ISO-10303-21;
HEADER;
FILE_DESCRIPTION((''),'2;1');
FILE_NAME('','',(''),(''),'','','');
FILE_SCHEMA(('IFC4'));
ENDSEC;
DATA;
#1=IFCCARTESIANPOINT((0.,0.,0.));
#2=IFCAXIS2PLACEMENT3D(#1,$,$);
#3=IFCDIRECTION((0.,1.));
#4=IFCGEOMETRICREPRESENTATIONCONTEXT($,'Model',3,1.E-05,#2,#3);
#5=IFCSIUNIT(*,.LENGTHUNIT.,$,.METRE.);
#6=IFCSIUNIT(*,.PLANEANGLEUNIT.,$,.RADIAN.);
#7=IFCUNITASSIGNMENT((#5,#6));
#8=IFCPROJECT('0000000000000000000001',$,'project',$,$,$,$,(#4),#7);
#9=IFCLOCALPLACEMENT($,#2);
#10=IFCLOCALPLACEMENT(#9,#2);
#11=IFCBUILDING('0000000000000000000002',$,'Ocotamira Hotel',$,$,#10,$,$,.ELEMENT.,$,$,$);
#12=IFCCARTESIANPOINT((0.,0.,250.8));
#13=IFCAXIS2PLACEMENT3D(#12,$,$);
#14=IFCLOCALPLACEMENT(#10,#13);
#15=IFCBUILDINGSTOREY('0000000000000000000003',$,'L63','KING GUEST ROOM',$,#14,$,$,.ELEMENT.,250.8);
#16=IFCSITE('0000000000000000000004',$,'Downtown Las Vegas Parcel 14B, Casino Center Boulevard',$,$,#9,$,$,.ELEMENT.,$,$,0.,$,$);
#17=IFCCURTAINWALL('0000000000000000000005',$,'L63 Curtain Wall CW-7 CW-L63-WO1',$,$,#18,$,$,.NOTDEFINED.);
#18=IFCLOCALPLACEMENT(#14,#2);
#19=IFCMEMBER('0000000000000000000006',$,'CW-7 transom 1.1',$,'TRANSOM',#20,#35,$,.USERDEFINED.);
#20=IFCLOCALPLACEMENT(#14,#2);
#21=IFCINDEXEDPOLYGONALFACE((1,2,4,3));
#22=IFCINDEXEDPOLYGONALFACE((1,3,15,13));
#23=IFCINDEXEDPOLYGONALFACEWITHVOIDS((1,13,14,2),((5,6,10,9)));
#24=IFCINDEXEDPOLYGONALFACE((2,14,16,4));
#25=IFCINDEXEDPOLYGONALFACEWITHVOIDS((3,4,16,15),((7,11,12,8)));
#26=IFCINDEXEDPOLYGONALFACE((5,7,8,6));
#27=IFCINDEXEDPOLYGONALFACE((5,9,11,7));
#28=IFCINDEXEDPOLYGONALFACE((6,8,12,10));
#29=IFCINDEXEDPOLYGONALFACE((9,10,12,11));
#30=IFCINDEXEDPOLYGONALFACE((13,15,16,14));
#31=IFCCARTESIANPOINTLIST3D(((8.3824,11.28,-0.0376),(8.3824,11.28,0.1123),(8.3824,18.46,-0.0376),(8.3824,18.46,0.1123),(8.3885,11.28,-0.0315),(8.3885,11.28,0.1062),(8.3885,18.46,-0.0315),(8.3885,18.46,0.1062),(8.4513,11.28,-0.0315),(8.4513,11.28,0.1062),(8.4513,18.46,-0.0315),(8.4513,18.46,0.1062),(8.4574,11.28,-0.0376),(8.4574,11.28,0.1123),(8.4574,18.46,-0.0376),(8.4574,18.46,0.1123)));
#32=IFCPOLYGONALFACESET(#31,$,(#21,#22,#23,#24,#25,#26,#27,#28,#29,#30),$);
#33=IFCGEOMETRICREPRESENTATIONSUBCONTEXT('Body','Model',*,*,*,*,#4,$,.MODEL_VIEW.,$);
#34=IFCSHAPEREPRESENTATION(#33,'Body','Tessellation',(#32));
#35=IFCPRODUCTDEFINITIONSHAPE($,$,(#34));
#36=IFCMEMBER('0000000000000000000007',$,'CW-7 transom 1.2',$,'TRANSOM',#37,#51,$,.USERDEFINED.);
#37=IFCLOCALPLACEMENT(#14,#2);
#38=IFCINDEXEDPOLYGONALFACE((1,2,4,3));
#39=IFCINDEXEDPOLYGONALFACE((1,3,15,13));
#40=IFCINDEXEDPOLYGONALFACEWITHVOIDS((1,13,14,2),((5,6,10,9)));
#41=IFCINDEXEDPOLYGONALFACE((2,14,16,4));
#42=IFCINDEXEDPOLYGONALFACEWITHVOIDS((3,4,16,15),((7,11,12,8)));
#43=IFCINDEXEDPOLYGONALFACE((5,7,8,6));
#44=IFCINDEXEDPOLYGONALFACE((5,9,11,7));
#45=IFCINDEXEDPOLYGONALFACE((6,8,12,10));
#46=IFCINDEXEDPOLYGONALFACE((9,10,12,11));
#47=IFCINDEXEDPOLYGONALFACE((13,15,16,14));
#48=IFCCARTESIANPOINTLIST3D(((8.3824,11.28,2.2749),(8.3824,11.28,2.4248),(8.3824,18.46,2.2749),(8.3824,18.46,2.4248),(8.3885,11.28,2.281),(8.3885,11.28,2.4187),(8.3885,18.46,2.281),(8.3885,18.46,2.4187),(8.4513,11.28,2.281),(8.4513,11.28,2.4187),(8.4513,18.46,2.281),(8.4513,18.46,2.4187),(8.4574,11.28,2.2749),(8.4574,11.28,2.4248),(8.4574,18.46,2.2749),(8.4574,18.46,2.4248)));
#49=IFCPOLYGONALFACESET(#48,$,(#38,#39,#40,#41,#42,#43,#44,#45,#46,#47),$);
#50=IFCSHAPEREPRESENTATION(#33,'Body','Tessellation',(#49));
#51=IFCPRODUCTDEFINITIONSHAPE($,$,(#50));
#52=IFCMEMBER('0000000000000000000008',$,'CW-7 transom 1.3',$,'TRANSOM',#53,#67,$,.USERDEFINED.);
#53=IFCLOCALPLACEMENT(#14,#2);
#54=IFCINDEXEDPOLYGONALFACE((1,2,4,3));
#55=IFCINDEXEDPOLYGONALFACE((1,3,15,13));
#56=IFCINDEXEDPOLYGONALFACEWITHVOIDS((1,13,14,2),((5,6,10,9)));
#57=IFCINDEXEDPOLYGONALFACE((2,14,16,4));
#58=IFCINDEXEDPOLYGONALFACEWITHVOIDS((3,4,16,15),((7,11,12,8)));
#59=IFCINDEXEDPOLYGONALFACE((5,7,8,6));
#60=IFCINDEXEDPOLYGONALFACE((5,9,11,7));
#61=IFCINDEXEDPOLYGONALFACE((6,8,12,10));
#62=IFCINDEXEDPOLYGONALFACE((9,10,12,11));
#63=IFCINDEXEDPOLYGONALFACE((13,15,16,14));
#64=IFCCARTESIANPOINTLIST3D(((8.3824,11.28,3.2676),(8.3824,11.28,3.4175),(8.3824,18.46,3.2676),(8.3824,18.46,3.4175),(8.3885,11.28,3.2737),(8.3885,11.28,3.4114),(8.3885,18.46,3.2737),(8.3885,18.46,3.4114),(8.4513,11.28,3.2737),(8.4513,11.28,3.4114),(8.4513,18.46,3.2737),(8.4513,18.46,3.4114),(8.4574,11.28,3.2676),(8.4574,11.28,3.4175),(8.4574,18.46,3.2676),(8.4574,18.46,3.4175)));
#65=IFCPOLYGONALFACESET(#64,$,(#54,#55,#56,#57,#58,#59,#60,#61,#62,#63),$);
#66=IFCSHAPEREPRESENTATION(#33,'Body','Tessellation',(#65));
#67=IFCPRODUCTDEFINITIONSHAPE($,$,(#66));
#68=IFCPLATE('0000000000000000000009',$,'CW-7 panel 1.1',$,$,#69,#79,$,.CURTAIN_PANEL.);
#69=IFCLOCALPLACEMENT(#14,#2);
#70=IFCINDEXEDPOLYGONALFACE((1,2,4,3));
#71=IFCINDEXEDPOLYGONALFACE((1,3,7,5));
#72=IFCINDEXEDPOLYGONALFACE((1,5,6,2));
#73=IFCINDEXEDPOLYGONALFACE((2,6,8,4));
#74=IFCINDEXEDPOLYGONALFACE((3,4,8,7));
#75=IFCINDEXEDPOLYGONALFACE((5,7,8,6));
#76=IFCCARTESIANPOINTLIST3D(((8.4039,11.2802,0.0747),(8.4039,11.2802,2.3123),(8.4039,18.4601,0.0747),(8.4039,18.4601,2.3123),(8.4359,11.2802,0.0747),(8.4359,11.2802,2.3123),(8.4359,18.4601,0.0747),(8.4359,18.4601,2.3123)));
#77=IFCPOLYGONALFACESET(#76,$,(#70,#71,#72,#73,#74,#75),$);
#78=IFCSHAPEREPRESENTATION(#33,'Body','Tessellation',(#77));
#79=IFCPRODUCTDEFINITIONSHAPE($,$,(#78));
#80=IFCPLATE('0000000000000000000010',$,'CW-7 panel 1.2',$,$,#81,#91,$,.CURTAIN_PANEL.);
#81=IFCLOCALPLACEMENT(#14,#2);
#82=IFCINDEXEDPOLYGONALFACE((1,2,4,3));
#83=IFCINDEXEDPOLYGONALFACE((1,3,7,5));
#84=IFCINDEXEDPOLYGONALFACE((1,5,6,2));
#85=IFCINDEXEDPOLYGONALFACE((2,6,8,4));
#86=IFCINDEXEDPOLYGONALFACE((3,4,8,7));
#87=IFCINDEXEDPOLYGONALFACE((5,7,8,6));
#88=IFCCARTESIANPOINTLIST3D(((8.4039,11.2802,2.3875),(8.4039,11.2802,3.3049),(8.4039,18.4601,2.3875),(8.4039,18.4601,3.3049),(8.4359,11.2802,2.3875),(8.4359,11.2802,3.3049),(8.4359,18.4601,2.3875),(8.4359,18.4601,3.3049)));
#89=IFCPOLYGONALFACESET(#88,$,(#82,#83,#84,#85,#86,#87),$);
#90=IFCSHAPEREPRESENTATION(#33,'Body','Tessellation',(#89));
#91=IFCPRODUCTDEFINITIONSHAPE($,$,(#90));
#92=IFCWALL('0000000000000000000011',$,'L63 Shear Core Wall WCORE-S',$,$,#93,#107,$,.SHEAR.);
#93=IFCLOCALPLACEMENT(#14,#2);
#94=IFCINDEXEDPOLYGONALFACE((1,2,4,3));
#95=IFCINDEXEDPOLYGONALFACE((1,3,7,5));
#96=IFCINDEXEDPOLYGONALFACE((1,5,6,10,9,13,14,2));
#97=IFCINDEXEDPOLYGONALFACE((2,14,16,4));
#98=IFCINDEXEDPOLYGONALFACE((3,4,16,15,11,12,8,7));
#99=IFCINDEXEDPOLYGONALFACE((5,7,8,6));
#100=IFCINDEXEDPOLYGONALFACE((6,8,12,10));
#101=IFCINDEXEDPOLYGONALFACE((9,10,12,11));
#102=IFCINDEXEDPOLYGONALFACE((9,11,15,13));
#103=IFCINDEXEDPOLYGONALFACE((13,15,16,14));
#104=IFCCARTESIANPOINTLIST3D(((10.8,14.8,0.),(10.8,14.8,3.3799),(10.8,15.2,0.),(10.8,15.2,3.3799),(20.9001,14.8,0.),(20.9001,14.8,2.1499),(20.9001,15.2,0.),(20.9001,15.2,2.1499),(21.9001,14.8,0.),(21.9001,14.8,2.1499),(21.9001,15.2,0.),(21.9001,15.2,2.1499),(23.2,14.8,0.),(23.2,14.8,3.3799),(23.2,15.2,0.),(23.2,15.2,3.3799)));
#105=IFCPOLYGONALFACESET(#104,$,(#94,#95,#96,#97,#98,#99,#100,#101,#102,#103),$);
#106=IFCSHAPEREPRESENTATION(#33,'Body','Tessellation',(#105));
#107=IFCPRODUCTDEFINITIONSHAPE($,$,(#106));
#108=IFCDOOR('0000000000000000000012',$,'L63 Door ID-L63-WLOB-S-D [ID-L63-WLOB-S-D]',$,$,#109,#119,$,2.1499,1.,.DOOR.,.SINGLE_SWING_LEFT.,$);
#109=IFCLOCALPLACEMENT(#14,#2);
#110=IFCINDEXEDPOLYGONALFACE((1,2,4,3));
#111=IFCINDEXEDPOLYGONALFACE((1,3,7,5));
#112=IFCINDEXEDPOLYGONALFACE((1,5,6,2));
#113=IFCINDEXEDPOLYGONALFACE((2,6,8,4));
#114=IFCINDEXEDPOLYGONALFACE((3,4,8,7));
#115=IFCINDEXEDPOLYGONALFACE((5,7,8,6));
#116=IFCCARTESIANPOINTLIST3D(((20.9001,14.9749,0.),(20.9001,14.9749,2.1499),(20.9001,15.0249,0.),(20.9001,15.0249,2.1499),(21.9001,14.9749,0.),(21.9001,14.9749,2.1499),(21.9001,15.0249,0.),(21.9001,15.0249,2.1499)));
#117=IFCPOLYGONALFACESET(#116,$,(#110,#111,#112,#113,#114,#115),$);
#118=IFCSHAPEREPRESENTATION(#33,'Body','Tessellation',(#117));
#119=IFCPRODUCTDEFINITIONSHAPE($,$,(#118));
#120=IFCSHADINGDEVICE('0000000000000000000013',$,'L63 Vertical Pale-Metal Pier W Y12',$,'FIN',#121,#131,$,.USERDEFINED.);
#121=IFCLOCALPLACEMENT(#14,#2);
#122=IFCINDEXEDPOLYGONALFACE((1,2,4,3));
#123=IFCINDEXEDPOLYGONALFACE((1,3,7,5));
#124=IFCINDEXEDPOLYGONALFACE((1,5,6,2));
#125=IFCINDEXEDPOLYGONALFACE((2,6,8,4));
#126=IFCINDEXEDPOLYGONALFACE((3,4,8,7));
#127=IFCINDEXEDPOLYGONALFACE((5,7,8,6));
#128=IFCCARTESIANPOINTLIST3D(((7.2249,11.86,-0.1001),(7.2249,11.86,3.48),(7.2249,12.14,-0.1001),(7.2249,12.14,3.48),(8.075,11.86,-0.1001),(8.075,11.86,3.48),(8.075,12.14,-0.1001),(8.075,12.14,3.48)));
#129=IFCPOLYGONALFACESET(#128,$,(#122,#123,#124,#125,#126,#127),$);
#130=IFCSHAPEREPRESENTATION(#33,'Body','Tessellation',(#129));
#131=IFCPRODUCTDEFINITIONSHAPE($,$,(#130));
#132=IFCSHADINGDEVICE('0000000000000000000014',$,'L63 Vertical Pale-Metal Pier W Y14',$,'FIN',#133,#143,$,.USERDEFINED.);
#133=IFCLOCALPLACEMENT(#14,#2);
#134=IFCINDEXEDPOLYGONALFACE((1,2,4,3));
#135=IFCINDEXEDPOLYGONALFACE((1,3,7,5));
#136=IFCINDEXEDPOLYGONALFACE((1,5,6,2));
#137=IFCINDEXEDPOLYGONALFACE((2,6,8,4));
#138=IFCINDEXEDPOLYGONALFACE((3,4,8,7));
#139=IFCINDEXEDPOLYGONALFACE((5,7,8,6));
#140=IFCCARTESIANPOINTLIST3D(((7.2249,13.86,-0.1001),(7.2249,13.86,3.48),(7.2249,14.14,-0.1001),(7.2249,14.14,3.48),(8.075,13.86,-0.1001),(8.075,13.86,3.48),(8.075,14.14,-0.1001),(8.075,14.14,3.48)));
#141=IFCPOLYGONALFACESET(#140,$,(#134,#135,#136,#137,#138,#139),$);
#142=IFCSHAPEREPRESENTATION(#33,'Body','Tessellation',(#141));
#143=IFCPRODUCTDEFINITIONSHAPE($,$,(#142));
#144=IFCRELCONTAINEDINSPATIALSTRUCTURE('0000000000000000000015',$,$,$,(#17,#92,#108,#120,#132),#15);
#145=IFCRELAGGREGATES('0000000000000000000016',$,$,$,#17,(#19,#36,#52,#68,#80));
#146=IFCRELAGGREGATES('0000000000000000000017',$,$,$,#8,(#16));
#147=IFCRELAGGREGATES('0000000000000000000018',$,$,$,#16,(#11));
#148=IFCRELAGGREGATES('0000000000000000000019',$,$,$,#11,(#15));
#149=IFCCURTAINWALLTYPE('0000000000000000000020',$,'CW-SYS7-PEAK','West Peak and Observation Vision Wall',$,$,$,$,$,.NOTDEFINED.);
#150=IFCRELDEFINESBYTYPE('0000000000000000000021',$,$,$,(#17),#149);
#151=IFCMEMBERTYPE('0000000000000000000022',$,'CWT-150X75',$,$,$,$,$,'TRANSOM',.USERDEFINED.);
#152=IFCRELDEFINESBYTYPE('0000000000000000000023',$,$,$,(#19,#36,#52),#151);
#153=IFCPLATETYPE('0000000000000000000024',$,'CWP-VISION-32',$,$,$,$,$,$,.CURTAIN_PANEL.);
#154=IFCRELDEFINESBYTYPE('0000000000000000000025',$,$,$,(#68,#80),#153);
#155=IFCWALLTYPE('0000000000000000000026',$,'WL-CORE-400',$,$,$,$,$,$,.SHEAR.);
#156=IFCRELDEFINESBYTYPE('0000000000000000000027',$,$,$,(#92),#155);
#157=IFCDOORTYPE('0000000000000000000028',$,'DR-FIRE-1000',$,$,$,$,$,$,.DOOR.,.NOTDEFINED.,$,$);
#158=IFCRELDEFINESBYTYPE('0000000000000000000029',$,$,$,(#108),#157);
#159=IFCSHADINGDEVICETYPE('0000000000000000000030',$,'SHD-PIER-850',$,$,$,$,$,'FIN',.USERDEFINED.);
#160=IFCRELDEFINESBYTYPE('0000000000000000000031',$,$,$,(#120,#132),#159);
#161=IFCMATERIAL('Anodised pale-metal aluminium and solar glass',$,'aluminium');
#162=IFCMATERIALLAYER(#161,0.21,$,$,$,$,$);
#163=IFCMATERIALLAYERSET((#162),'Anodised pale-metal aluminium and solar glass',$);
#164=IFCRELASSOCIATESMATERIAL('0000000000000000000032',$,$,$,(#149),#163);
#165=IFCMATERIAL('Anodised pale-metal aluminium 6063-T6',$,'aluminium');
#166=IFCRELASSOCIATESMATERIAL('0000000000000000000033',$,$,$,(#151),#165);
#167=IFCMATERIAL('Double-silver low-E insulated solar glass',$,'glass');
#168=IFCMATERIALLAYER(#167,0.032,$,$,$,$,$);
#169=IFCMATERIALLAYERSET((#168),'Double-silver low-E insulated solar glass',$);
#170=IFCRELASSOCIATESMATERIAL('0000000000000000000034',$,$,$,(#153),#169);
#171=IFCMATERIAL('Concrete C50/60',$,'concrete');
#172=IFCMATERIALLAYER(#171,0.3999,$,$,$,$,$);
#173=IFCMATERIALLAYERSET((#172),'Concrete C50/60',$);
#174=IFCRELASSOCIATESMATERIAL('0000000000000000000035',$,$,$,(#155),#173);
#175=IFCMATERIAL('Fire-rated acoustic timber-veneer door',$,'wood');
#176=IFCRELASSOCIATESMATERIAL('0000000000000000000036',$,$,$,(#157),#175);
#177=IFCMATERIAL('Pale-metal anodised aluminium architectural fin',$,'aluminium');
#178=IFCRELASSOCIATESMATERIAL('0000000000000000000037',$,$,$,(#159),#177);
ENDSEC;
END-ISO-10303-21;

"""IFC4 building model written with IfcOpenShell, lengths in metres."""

from ifc_helpers import new_model, si_unit, direction, frame, frame_2d, origin, origin_2d, place, context, subcontext, project, spatial, rectangle, hollow_rectangle, extrude, source, transform, mapped, material, layer, layer_set, material_profile, profile_set, type_object, element, fill, aggregate, save


model = new_model("IFC4")

# Units and contexts
model_context = context("Model", 3, precision=1e-05, world=origin(), true_north=direction((0.0, 1.0)))
body_context = subcontext(model_context, "Body", "Model", "MODEL_VIEW")
ifc_project = project(units=[si_unit("LENGTHUNIT", "METRE"), si_unit("PLANEANGLEUNIT", "RADIAN")], contexts=[model_context])

# Site, building, storey
site_placement = place(None, origin())
site = spatial("IfcSite", under=ifc_project, at=site_placement, Name="Downtown Las Vegas Parcel 14B, Casino Center Boulevard", CompositionType="ELEMENT", RefElevation=0.0)
building_placement = place(site_placement, origin())
building = spatial("IfcBuilding", under=site, at=building_placement, Name="Ocotamira Hotel", CompositionType="ELEMENT")
storey_placement = place(building_placement, frame((0.0, 0.0, 250.8)))
storey = spatial("IfcBuildingStorey", under=building, at=storey_placement, Name="L63", Description="KING GUEST ROOM", CompositionType="ELEMENT", Elevation=250.8)

# Curtain wall, members, plates
ifc_material_1 = material(Name="Anodised pale-metal aluminium and solar glass", Category="aluminium")
ifc_layer_1 = layer(ifc_material_1, 0.21)
ifc_layer_set_1 = layer_set([ifc_layer_1], Name="Anodised pale-metal aluminium and solar glass")
curtain_wall_type = type_object("IfcCurtainWallType", Name="CW-SYS7-PEAK", Description="West Peak and Observation Vision Wall", PredefinedType="NOTDEFINED", material=ifc_layer_set_1)
curtain_wall_placement = place(storey_placement, origin())
curtain_wall = element("IfcCurtainWall", 1, at=curtain_wall_placement, inside=storey, type_object=curtain_wall_type, Name="L63 Curtain Wall CW-7 CW-L63-WO1", PredefinedType="NOTDEFINED")
ifc_material_2 = material(Name="Anodised pale-metal aluminium 6063-T6", Category="aluminium")
ifc_material_profile_1 = material_profile(ifc_material_2, hollow_rectangle(XDim=0.075, YDim=0.1499, WallThickness=0.0061, at=origin_2d()), Name="HSS150X75X6")
ifc_profile_set_1 = profile_set([ifc_material_profile_1], Name="Anodised pale-metal aluminium 6063-T6")
member_type_1 = type_object("IfcMemberType", Name="CWT-150X75", ElementType="TRANSOM", PredefinedType="USERDEFINED", material=ifc_profile_set_1)
shared_shape_1 = source(origin(), body_context, "Body", "SweptSolid", [
    extrude(hollow_rectangle(XDim=0.075, YDim=0.1499, WallThickness=0.0061, at=origin_2d()), origin(), (0.0, 0.0, 1.0), 7.1799),
])
member_1_placement = place(storey_placement, frame((8.4199, 11.28, 0.0374), z_axis=(0.0, 1.0, 0.0), x_axis=(-1.0, 0.0, 0.0)))
member_1 = element("IfcMember", 2, at=member_1_placement, type_object=member_type_1, Name="CW-7 transom 1.1", ObjectType="TRANSOM", PredefinedType="USERDEFINED", context=body_context, shape_type="MappedRepresentation", body=[
    mapped(shared_shape_1, transform((0.0, 0.0, 0.0), scale=1.0)),
])
member_2_placement = place(storey_placement, frame((8.4199, 11.28, 2.3499), z_axis=(0.0, 1.0, 0.0), x_axis=(-1.0, 0.0, 0.0)))
member_2 = element("IfcMember", 3, at=member_2_placement, type_object=member_type_1, Name="CW-7 transom 1.2", ObjectType="TRANSOM", PredefinedType="USERDEFINED", context=body_context, shape_type="MappedRepresentation", body=[
    mapped(shared_shape_1, transform((0.0, 0.0, 0.0), scale=1.0)),
])
member_3_placement = place(storey_placement, frame((8.4199, 11.28, 3.3425), z_axis=(0.0, 1.0, 0.0), x_axis=(-1.0, 0.0, 0.0)))
member_3 = element("IfcMember", 4, at=member_3_placement, type_object=member_type_1, Name="CW-7 transom 1.3", ObjectType="TRANSOM", PredefinedType="USERDEFINED", context=body_context, shape_type="MappedRepresentation", body=[
    mapped(shared_shape_1, transform((0.0, 0.0, 0.0), scale=1.0)),
])
ifc_material_3 = material(Name="Double-silver low-E insulated solar glass", Category="glass")
ifc_layer_2 = layer(ifc_material_3, 0.032)
ifc_layer_set_2 = layer_set([ifc_layer_2], Name="Double-silver low-E insulated solar glass")
plate_type = type_object("IfcPlateType", Name="CWP-VISION-32", PredefinedType="CURTAIN_PANEL", material=ifc_layer_set_2)
shared_shape_2 = source(origin(), body_context, "Body", "SweptSolid", [
    extrude(rectangle(XDim=7.1799, YDim=0.032, at=origin_2d()), origin(), (0.0, 0.0, 1.0), 2.2375),
])
plate_1_placement = place(storey_placement, frame((8.4199, 14.8701, 0.0747), z_axis=(0.0, 0.0, 1.0), x_axis=(0.0, 1.0, 0.0)))
plate_1 = element("IfcPlate", 5, at=plate_1_placement, type_object=plate_type, Name="CW-7 panel 1.1", PredefinedType="CURTAIN_PANEL", context=body_context, shape_type="MappedRepresentation", body=[
    mapped(shared_shape_2, transform((0.0, 0.0, 0.0), scale=1.0)),
])
shared_shape_3 = source(origin(), body_context, "Body", "SweptSolid", [
    extrude(rectangle(XDim=7.1799, YDim=0.032, at=origin_2d()), origin(), (0.0, 0.0, 1.0), 0.9175),
])
plate_2_placement = place(storey_placement, frame((8.4199, 14.8701, 2.3875), z_axis=(0.0, 0.0, 1.0), x_axis=(0.0, 1.0, 0.0)))
plate_2 = element("IfcPlate", 6, at=plate_2_placement, type_object=plate_type, Name="CW-7 panel 1.2", PredefinedType="CURTAIN_PANEL", context=body_context, shape_type="MappedRepresentation", body=[
    mapped(shared_shape_3, transform((0.0, 0.0, 0.0), scale=1.0)),
])
aggregate(curtain_wall, [member_1, member_2, member_3, plate_1, plate_2])

# Wall, opening, door
ifc_material_4 = material(Name="Concrete C50/60", Category="concrete")
ifc_layer_3 = layer(ifc_material_4, 0.3999)
ifc_layer_set_3 = layer_set([ifc_layer_3], Name="Concrete C50/60")
wall_type_1 = type_object("IfcWallType", Name="WL-CORE-400", PredefinedType="SHEAR", material=ifc_layer_set_3)
wall_1_placement = place(storey_placement, frame((10.8, 15.0, 0.0), z_axis=(0.0, 0.0, 1.0), x_axis=(1.0, 0.0, 0.0)))
wall_1 = element("IfcWall", 7, at=wall_1_placement, inside=storey, type_object=wall_type_1, Name="L63 Shear Core Wall WCORE-S", PredefinedType="SHEAR", context=body_context, shape_type="SweptSolid", body=[
    extrude(rectangle(XDim=12.3999, YDim=0.3999, at=frame_2d((6.2, 0.0))), origin(), (0.0, 0.0, 1.0), 3.3799),
])
opening_1_placement = place(wall_1_placement, frame((10.1001, 0.0, 0.0)))
opening_1 = element("IfcOpeningElement", 8, at=opening_1_placement, cuts=wall_1, PredefinedType="OPENING", context=body_context, shape_type="SweptSolid", body=[
    extrude(rectangle(XDim=1.0, YDim=2.1499, at=frame_2d((0.5, 1.075))), frame((0.0, 0.21, 0.0), z_axis=(0.0, -1.0, 0.0), x_axis=(1.0, 0.0, 0.0)), (0.0, 0.0, 1.0), 0.4199),
])
ifc_material_5 = material(Name="Fire-rated acoustic timber-veneer door", Category="wood")
door_type_1 = type_object("IfcDoorType", Name="DR-FIRE-1000", OperationType="NOTDEFINED", PredefinedType="DOOR", material=ifc_material_5)
shared_shape_4 = source(origin(), body_context, "Body", "SweptSolid", [
    extrude(rectangle(XDim=1.0, YDim=2.1499, at=frame_2d((0.5, 1.075))), frame((0.0, 0.0249, 0.0), z_axis=(0.0, -1.0, 0.0), x_axis=(1.0, 0.0, 0.0)), (0.0, 0.0, 1.0), 0.05),
])
door_1_placement = place(opening_1_placement, origin())
door_1 = element("IfcDoor", 9, at=door_1_placement, inside=storey, type_object=door_type_1, Name="L63 Door ID-L63-WLOB-S-D [ID-L63-WLOB-S-D]", OperationType="SINGLE_SWING_LEFT", OverallHeight=2.1499, OverallWidth=1.0, PredefinedType="DOOR", context=body_context, shape_type="MappedRepresentation", body=[
    mapped(shared_shape_4, transform((0.0, 0.0, 0.0), scale=1.0)),
])
fill(opening_1, door_1)

# Shading devices
ifc_material_6 = material(Name="Pale-metal anodised aluminium architectural fin", Category="aluminium")
shading_device_type = type_object("IfcShadingDeviceType", Name="SHD-PIER-850", ElementType="FIN", PredefinedType="USERDEFINED", material=ifc_material_6)
shared_shape_5 = source(origin(), body_context, "Body", "SweptSolid", [
    extrude(rectangle(XDim=0.8501, YDim=0.28, at=origin_2d()), origin(), (0.0, 0.0, 1.0), 3.5801),
])
for number, where, z_axis, x_axis, name in (
    (10, (7.6499, 12.0, -0.1001), (0.0, 0.0, 1.0), (1.0, 0.0, 0.0), "L63 Vertical Pale-Metal Pier W Y12"),
    (11, (7.6499, 14.0, -0.1001), (0.0, 0.0, 1.0), (1.0, 0.0, 0.0), "L63 Vertical Pale-Metal Pier W Y14"),
):
    element("IfcShadingDevice", number, at=place(storey_placement, frame(where, z_axis=z_axis, x_axis=x_axis)), inside=storey, type_object=shading_device_type, Name=name, ObjectType="FIN", PredefinedType="USERDEFINED", context=body_context, shape_type="MappedRepresentation", body=[
        mapped(shared_shape_5, transform((0.0, 0.0, 0.0), scale=1.0)),
    ])

save(model, "model.ifc")
